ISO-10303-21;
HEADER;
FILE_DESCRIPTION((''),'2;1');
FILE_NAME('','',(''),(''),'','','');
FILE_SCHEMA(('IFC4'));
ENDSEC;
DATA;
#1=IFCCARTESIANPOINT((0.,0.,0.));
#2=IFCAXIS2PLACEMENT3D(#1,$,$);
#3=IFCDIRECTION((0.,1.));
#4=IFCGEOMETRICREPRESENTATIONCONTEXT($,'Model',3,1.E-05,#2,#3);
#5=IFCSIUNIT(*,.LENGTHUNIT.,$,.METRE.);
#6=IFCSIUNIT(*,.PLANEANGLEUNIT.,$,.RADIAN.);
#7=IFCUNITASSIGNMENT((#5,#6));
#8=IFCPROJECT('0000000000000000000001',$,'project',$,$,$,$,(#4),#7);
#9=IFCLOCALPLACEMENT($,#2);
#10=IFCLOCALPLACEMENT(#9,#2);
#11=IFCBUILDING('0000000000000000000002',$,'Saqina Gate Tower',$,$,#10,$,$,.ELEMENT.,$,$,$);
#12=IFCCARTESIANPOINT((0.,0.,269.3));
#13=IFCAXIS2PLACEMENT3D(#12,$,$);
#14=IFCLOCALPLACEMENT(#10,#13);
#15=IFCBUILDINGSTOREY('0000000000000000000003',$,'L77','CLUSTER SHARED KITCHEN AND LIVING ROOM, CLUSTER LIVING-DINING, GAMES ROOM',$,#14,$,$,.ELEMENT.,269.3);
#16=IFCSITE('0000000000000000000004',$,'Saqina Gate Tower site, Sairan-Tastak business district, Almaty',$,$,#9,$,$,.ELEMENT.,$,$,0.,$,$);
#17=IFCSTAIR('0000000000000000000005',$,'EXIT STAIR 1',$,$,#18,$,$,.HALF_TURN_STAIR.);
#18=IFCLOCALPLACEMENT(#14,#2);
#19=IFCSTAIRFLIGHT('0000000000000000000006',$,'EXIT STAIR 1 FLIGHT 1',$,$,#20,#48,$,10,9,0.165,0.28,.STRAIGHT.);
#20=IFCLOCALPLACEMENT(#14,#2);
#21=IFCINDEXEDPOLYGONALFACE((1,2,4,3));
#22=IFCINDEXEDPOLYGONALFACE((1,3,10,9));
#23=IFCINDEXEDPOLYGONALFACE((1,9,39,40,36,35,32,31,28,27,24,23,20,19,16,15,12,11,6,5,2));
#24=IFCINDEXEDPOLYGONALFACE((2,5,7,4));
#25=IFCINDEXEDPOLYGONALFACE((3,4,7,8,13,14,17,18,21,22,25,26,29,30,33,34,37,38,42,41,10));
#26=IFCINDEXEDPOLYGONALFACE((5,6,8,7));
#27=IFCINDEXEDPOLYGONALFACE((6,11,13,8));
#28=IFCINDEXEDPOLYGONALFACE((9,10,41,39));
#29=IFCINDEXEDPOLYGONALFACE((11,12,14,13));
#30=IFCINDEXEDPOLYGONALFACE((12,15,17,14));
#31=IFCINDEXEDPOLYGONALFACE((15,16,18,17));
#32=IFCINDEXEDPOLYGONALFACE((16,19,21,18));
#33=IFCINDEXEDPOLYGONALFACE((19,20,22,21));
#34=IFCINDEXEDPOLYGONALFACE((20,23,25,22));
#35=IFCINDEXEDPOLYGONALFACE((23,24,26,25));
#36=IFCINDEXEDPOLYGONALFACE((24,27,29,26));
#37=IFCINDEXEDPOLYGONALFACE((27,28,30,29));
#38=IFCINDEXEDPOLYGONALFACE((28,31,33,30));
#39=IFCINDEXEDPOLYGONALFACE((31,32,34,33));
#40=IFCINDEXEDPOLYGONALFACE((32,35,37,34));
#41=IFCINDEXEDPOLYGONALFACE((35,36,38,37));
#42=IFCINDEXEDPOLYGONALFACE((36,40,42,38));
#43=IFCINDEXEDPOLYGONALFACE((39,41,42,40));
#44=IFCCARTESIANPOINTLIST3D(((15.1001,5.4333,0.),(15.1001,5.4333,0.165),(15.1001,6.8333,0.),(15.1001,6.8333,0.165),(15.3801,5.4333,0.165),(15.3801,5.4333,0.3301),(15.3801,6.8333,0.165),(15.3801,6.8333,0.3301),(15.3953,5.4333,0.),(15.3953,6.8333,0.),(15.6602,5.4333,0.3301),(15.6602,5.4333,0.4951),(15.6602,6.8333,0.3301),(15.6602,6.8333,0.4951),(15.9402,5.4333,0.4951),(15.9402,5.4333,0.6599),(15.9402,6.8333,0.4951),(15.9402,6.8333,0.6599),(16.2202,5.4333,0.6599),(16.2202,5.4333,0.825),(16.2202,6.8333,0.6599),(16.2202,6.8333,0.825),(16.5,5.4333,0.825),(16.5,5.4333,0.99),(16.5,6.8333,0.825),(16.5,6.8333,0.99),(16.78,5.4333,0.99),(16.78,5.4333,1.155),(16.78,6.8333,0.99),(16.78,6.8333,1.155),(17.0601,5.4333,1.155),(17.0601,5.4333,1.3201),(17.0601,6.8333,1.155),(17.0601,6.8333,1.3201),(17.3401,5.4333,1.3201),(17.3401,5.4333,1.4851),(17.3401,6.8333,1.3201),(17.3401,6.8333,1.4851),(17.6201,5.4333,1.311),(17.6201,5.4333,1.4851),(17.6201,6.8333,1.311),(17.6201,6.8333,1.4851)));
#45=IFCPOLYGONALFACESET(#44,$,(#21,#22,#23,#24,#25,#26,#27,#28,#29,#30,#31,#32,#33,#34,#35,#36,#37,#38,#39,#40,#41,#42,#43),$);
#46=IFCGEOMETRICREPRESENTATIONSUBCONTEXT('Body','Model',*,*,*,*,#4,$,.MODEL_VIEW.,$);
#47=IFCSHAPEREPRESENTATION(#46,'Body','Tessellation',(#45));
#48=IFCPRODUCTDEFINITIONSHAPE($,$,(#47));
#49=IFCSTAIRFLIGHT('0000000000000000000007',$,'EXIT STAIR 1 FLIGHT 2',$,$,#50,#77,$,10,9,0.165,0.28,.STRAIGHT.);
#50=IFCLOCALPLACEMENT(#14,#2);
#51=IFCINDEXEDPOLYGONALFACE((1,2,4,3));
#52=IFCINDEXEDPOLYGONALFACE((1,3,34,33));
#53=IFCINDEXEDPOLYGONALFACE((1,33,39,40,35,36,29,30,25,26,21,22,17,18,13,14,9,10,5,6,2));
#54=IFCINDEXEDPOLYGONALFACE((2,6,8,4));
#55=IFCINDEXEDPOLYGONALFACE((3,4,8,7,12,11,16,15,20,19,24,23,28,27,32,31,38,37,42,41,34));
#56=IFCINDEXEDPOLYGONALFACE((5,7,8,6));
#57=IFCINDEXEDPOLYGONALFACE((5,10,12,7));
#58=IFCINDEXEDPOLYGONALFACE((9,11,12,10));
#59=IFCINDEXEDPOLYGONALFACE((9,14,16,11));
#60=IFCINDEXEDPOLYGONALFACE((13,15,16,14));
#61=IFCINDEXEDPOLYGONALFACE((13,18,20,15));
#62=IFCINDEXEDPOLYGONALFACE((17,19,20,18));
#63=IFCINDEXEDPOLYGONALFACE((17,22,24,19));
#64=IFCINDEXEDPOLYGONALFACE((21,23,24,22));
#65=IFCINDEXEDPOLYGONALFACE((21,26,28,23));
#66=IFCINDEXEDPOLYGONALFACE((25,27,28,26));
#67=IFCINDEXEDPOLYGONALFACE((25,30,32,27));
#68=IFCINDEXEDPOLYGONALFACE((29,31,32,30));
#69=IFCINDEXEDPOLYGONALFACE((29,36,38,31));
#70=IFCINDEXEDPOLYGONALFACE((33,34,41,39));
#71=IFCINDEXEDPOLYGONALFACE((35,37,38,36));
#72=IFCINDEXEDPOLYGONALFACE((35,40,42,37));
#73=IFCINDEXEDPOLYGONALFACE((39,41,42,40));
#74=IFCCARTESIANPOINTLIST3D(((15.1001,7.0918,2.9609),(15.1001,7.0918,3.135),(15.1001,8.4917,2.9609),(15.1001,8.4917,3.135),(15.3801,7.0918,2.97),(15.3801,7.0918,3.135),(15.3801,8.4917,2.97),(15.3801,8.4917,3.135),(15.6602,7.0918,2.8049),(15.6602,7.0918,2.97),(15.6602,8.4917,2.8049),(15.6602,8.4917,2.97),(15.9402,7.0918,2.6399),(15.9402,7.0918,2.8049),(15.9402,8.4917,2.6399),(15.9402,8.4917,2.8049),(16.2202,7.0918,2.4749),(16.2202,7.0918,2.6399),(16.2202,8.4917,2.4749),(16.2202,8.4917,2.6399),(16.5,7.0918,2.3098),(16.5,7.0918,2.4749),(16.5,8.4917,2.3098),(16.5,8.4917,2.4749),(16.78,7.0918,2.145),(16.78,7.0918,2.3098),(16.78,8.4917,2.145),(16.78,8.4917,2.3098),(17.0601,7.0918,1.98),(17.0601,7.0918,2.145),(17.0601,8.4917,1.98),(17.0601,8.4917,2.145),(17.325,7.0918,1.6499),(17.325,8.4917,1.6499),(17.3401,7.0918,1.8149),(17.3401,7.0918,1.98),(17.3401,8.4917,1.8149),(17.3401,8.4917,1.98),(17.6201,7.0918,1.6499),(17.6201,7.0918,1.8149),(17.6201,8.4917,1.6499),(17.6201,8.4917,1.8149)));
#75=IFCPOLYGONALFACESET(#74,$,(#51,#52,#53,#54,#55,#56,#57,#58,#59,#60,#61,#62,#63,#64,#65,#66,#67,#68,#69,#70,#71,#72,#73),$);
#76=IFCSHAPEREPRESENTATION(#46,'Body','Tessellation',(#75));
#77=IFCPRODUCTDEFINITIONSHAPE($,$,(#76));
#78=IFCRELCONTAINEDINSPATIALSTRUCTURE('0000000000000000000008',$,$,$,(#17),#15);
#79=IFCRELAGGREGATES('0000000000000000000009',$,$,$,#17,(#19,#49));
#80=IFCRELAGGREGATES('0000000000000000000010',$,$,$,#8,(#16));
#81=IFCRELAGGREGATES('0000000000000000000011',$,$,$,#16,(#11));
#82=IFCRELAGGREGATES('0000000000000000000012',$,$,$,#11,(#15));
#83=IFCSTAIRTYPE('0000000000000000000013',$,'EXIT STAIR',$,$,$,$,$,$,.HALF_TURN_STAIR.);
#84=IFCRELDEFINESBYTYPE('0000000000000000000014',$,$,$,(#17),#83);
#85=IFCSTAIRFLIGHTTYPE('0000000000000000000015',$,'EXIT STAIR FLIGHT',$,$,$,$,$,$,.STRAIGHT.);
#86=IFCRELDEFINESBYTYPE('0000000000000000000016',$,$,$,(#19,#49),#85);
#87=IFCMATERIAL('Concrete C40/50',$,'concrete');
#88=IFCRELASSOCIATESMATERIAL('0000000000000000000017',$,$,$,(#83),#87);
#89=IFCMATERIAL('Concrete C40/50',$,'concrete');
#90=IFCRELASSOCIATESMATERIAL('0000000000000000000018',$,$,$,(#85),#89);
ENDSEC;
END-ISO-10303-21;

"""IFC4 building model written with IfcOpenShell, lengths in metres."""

from ifc_helpers import new_model, si_unit, direction, frame, origin, place, context, subcontext, project, spatial, polyline, outline, extrude, material, type_object, element, aggregate, save


model = new_model("IFC4")

# Units and contexts
model_context = context("Model", 3, precision=1e-05, world=origin(), true_north=direction((0.0, 1.0)))
body_context = subcontext(model_context, "Body", "Model", "MODEL_VIEW")
ifc_project = project(units=[si_unit("LENGTHUNIT", "METRE"), si_unit("PLANEANGLEUNIT", "RADIAN")], contexts=[model_context])

# Site, building, storey
site_placement = place(None, origin())
site = spatial("IfcSite", under=ifc_project, at=site_placement, Name="Saqina Gate Tower site, Sairan-Tastak business district, Almaty", CompositionType="ELEMENT", RefElevation=0.0)
building_placement = place(site_placement, origin())
building = spatial("IfcBuilding", under=site, at=building_placement, Name="Saqina Gate Tower", CompositionType="ELEMENT")
storey_placement = place(building_placement, frame((0.0, 0.0, 269.3)))
storey = spatial("IfcBuildingStorey", under=building, at=storey_placement, Name="L77", Description="CLUSTER SHARED KITCHEN AND LIVING ROOM, CLUSTER LIVING-DINING, GAMES ROOM", CompositionType="ELEMENT", Elevation=269.3)

# Stair, stair flights
ifc_material_1 = material(Name="Concrete C40/50", Category="concrete")
stair_type = type_object("IfcStairType", Name="EXIT STAIR", PredefinedType="HALF_TURN_STAIR", material=ifc_material_1)
stair_placement = place(storey_placement, origin())
stair = element("IfcStair", 1, at=stair_placement, inside=storey, type_object=stair_type, Name="EXIT STAIR 1", PredefinedType="HALF_TURN_STAIR")
ifc_material_2 = material(Name="Concrete C40/50", Category="concrete")
stair_flight_type = type_object("IfcStairFlightType", Name="EXIT STAIR FLIGHT", PredefinedType="STRAIGHT", material=ifc_material_2)
stair_flight_1_placement = place(storey_placement, frame((15.1001, 6.1333, 0.0), z_axis=(0.0, 0.0, 1.0), x_axis=(1.0, 0.0, 0.0)))
stair_flight_1 = element("IfcStairFlight", 2, at=stair_flight_1_placement, type_object=stair_flight_type, Name="EXIT STAIR 1 FLIGHT 1", NumberOfRisers=10, NumberOfTreads=9, PredefinedType="STRAIGHT", RiserHeight=0.165, TreadLength=0.28, context=body_context, shape_type="SweptSolid", body=[
    extrude(outline(polyline([(0.0, 0.0), (0.0, 0.165), (0.28, 0.165), (0.28, 0.3301), (0.5601, 0.3301), (0.5601, 0.4951), (0.8401, 0.4951), (0.8401, 0.6599), (1.1201, 0.6599), (1.1201, 0.825), (1.3999, 0.825), (1.3999, 0.99), (1.6799, 0.99), (1.6799, 1.155), (1.96, 1.155), (1.96, 1.3201), (2.24, 1.3201), (2.24, 1.4851), (2.52, 1.4851), (2.52, 1.6499), (2.52, 1.311), (0.2952, 0.0), (0.0, 0.0)])), frame((0.0, 0.7, 0.0), z_axis=(0.0, -1.0, 0.0), x_axis=(1.0, 0.0, 0.0)), (0.0, 0.0, 1.0), 1.3999),
])
stair_flight_2_placement = place(storey_placement, frame((17.6201, 7.7917, 1.6499), z_axis=(0.0, 0.0, 1.0), x_axis=(-1.0, 0.0, 0.0)))
stair_flight_2 = element("IfcStairFlight", 3, at=stair_flight_2_placement, type_object=stair_flight_type, Name="EXIT STAIR 1 FLIGHT 2", NumberOfRisers=10, NumberOfTreads=9, PredefinedType="STRAIGHT", RiserHeight=0.165, TreadLength=0.28, context=body_context, shape_type="SweptSolid", body=[
    extrude(outline(polyline([(0.0, 0.0), (0.0, 0.165), (0.28, 0.165), (0.28, 0.3301), (0.5601, 0.3301), (0.5601, 0.4951), (0.8401, 0.4951), (0.8401, 0.6599), (1.1201, 0.6599), (1.1201, 0.825), (1.3999, 0.825), (1.3999, 0.99), (1.6799, 0.99), (1.6799, 1.155), (1.96, 1.155), (1.96, 1.3201), (2.24, 1.3201), (2.24, 1.4851), (2.52, 1.4851), (2.52, 1.6499), (2.52, 1.311), (0.2952, 0.0), (0.0, 0.0)])), frame((0.0, 0.7, 0.0), z_axis=(0.0, -1.0, 0.0), x_axis=(1.0, 0.0, 0.0)), (0.0, 0.0, 1.0), 1.3999),
])
aggregate(stair, [stair_flight_1, stair_flight_2])

save(model, "model.ifc")
